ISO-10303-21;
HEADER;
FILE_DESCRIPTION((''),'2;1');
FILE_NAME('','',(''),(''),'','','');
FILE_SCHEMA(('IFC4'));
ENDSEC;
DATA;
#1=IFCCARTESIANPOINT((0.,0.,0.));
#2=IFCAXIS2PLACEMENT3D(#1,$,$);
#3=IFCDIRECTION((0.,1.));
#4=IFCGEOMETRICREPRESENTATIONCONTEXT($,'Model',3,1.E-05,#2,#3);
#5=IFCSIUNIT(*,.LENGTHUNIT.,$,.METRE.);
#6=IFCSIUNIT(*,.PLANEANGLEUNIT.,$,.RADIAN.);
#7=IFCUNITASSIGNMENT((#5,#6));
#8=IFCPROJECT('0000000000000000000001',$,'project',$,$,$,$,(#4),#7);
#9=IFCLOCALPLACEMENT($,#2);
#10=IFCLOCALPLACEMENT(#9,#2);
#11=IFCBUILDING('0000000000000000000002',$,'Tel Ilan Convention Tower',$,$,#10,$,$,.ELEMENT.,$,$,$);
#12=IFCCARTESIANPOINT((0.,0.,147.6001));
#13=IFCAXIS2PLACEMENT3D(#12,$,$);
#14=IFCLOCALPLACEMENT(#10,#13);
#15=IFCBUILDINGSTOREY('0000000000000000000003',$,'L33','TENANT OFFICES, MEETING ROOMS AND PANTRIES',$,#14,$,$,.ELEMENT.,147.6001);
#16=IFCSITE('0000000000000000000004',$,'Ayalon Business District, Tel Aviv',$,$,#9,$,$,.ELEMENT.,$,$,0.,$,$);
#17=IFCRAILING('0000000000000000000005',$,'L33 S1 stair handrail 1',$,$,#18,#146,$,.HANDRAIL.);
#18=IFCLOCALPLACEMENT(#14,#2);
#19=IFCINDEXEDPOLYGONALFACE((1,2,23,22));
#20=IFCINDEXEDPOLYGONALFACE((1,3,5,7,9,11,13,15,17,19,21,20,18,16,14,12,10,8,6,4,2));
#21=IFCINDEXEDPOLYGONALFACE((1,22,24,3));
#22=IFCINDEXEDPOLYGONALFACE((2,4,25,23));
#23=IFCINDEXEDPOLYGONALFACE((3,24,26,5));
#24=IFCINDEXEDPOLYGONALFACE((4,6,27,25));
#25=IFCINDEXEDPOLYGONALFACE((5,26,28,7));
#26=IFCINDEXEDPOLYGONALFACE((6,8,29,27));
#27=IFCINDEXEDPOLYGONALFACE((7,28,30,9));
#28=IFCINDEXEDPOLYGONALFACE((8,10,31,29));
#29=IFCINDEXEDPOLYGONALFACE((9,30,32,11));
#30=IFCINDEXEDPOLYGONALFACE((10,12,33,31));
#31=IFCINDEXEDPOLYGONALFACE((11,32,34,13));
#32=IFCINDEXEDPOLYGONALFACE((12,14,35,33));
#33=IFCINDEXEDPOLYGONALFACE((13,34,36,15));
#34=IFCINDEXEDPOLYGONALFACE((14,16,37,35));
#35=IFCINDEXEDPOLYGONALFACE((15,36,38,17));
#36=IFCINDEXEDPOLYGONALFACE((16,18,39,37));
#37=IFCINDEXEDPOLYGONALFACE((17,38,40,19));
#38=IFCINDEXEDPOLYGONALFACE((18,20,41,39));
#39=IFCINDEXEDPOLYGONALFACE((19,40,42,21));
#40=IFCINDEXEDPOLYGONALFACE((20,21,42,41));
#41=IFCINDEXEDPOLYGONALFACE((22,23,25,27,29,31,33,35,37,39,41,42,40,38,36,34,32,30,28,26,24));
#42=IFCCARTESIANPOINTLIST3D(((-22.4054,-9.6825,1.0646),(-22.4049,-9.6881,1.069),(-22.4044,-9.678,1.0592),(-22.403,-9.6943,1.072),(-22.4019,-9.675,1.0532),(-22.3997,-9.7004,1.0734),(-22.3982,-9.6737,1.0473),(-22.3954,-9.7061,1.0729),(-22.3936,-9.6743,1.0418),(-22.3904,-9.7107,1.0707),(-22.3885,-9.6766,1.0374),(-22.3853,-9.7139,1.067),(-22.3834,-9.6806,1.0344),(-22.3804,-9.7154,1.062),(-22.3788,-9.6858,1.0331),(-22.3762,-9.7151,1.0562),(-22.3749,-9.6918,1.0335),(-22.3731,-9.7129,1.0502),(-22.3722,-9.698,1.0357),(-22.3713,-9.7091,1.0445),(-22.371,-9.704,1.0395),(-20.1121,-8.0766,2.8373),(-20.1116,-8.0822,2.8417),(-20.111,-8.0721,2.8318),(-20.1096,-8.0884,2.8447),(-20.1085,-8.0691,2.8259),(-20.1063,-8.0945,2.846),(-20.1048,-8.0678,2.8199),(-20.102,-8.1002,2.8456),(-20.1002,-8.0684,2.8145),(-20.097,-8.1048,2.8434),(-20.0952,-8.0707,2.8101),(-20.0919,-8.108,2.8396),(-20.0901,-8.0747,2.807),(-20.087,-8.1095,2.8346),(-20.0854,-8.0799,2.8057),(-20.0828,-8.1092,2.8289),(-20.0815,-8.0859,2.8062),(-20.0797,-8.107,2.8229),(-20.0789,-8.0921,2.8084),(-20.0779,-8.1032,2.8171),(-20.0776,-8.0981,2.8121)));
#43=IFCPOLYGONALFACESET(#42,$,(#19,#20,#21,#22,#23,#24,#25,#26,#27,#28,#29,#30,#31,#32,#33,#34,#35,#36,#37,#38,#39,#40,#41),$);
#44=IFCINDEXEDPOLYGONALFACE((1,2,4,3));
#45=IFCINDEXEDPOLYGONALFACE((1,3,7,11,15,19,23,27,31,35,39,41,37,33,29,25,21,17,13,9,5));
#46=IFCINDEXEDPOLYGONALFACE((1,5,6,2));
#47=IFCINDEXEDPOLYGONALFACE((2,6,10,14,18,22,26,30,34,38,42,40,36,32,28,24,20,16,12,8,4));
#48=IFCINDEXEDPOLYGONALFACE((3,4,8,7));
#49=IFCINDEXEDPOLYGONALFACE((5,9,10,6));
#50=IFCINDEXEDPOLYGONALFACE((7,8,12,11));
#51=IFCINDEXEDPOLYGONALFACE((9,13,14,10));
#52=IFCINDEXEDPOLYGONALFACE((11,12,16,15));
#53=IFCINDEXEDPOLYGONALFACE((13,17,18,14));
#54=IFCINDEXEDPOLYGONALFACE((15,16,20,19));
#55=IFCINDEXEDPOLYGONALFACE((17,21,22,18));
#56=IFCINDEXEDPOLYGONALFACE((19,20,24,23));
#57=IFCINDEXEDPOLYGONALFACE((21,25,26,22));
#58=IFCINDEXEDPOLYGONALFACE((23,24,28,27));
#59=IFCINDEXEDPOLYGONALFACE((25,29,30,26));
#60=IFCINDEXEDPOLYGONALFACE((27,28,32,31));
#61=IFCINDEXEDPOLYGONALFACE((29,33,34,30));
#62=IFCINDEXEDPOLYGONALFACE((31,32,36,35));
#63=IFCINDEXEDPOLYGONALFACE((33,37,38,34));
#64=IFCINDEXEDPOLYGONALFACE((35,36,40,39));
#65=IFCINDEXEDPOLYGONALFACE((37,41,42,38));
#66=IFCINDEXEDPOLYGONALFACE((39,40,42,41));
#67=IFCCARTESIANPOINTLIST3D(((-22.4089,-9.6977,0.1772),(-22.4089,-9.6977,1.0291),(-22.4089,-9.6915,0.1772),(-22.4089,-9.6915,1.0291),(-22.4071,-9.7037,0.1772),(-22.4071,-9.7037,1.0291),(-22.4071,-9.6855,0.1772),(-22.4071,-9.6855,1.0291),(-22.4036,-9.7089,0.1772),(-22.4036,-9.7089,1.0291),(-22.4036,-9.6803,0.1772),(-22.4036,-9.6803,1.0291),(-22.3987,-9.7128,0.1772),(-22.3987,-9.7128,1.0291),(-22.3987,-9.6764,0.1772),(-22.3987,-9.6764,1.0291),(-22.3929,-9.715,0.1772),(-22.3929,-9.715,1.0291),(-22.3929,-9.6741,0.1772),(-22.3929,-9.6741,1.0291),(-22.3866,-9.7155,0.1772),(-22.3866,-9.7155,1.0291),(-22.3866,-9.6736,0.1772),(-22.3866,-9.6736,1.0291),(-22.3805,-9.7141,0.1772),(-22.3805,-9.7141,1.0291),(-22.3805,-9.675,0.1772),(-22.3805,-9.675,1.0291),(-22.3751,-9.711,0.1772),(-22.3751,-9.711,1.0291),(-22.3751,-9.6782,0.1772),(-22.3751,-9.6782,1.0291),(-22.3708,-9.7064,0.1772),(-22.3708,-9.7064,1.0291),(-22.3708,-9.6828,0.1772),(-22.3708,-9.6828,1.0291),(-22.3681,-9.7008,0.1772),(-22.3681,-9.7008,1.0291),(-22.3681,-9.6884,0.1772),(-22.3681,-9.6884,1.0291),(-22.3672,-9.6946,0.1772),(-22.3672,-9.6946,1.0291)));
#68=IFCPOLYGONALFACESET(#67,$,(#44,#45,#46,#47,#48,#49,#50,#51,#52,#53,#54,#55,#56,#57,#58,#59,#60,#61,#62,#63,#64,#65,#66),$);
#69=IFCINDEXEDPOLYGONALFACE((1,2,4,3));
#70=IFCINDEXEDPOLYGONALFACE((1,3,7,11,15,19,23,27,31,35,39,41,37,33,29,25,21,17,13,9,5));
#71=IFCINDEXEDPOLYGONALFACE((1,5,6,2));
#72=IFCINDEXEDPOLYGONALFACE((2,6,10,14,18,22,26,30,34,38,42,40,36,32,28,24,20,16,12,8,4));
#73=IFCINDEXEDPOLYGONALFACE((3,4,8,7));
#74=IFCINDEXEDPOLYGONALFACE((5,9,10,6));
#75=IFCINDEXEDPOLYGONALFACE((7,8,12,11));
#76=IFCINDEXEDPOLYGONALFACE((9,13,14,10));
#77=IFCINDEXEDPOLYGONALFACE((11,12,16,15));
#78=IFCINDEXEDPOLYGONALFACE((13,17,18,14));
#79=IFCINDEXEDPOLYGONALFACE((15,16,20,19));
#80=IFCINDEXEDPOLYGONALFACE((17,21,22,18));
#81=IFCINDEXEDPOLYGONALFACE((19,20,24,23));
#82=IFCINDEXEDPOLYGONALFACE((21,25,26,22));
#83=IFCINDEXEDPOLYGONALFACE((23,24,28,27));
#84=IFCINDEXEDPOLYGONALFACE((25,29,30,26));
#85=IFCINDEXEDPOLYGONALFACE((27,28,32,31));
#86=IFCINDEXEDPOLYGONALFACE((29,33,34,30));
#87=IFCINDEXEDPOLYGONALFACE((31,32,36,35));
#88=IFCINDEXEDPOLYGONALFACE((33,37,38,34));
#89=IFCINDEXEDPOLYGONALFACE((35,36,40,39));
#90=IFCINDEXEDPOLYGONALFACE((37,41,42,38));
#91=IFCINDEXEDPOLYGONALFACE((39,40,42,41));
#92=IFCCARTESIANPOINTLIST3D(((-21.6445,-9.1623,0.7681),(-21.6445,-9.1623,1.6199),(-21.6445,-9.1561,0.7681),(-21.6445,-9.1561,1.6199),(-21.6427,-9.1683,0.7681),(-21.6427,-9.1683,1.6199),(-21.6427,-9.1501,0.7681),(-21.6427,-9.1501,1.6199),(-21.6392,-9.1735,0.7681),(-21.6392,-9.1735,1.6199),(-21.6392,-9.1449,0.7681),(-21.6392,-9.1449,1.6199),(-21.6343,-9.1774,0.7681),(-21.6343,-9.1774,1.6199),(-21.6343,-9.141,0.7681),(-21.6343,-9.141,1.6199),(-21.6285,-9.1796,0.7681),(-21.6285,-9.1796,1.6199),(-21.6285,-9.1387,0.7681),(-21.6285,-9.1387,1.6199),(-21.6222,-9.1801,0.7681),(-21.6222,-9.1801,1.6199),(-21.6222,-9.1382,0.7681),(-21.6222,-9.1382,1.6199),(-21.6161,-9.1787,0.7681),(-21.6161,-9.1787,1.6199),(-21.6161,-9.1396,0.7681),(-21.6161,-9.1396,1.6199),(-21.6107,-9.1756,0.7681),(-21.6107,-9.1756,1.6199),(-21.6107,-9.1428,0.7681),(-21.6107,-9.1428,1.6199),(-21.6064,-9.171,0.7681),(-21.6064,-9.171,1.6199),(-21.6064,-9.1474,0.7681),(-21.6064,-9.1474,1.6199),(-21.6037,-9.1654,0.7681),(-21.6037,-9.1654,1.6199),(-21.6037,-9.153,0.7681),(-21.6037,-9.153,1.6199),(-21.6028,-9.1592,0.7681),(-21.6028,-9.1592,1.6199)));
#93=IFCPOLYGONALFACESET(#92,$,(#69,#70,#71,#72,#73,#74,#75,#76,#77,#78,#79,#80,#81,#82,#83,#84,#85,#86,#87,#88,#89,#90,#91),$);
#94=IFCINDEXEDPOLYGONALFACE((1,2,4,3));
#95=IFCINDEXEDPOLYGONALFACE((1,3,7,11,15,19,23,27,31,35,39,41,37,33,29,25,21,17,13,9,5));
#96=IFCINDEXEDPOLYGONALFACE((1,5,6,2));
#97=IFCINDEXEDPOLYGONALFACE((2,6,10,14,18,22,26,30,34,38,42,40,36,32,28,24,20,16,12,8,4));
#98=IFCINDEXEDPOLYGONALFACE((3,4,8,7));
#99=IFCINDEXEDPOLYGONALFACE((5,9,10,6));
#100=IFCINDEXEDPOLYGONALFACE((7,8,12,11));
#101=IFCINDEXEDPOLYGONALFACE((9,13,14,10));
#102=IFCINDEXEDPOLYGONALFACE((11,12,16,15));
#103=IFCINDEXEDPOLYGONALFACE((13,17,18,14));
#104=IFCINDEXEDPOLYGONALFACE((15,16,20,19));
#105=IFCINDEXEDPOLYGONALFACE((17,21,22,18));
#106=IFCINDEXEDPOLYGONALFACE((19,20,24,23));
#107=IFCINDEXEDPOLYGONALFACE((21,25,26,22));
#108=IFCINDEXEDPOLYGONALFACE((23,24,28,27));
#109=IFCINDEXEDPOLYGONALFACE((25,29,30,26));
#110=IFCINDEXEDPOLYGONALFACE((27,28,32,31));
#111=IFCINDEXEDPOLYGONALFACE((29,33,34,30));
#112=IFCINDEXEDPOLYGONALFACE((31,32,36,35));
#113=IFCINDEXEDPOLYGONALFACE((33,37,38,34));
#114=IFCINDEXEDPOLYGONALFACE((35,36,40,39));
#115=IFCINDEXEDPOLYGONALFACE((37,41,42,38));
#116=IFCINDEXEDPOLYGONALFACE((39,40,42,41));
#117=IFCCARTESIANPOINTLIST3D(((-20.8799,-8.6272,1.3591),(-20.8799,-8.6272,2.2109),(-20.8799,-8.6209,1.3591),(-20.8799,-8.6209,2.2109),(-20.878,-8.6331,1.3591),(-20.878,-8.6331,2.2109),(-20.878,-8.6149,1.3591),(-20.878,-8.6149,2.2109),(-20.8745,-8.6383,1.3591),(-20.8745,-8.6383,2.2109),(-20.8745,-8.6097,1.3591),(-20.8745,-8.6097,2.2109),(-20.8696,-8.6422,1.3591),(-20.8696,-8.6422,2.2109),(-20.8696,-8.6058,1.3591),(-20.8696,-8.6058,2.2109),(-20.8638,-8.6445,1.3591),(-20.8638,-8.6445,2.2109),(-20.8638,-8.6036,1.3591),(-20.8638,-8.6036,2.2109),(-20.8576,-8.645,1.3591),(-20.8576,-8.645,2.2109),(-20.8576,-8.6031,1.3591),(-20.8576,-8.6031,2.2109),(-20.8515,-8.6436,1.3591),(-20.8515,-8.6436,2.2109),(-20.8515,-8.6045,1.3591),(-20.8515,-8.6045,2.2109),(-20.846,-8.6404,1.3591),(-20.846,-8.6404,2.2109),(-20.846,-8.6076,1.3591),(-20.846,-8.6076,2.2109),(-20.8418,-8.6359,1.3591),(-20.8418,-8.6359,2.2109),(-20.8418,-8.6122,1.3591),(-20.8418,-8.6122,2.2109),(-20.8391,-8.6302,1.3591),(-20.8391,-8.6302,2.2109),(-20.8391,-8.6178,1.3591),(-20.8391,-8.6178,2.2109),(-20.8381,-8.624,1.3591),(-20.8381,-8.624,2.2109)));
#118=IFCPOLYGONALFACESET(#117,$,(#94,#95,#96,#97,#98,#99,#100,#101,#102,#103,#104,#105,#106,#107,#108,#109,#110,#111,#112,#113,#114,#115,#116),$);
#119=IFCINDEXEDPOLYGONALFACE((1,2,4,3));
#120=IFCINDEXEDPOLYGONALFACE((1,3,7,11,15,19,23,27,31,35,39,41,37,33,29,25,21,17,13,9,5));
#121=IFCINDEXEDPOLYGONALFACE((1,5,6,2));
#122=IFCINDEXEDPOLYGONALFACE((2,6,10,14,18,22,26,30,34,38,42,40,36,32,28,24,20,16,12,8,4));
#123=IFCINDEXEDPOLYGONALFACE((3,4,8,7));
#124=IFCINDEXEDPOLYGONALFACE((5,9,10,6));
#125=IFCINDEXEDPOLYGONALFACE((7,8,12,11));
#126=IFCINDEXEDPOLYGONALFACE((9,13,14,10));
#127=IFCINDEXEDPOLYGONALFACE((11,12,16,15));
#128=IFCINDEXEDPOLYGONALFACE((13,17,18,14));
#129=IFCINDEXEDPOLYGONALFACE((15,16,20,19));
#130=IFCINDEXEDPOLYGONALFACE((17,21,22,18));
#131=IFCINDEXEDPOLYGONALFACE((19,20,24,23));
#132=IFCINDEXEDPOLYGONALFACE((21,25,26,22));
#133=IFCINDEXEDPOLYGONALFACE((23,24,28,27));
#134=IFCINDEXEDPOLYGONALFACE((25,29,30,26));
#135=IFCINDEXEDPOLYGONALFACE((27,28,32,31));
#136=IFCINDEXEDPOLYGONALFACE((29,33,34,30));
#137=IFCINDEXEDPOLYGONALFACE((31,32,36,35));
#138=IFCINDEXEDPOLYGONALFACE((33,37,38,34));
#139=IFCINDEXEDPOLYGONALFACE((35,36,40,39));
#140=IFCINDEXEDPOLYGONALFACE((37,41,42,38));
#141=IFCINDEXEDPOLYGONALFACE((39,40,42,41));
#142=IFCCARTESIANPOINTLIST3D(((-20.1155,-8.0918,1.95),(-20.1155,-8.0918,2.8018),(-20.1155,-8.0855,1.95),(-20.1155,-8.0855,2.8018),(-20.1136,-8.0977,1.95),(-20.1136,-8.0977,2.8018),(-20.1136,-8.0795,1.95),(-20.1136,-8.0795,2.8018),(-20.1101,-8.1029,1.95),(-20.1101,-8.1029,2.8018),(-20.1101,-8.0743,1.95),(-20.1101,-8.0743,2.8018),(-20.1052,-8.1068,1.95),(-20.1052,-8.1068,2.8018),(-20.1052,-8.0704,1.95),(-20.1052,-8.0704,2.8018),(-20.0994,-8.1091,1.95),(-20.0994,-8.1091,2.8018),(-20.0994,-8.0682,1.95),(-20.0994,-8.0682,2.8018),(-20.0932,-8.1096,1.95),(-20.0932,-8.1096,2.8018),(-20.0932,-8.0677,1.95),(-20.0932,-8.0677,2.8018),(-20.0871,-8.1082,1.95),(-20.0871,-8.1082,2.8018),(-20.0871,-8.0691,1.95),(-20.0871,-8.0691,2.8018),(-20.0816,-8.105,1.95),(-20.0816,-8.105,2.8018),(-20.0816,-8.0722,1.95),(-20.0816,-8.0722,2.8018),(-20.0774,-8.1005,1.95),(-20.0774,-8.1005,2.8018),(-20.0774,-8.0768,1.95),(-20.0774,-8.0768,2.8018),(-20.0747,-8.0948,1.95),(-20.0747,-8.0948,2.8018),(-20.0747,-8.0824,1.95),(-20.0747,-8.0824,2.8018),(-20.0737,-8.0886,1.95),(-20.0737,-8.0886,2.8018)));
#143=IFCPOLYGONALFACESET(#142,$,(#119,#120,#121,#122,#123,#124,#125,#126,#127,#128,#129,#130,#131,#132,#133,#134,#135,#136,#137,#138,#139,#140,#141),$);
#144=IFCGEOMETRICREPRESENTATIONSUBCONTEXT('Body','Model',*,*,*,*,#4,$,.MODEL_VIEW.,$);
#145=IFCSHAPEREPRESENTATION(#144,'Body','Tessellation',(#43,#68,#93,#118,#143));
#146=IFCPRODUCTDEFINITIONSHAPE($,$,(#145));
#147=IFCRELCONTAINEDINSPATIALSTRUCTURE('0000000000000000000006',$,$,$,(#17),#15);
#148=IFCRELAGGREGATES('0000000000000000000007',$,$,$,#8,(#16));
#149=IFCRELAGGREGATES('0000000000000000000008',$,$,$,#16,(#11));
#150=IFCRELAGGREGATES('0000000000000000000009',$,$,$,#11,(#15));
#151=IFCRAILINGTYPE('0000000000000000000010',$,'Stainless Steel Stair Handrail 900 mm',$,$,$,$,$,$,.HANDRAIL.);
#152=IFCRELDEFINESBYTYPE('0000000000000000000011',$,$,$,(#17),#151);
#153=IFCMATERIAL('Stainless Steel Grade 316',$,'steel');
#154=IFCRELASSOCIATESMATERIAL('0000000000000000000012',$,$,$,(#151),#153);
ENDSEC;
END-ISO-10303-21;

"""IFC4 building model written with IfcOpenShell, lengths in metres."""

from ifc_helpers import new_model, si_unit, direction, frame, origin, origin_2d, place, context, subcontext, project, spatial, circle, extrude, material, type_object, element, save


model = new_model("IFC4")

# Units and contexts
model_context = context("Model", 3, precision=1e-05, world=origin(), true_north=direction((0.0, 1.0)))
body_context = subcontext(model_context, "Body", "Model", "MODEL_VIEW")
ifc_project = project(units=[si_unit("LENGTHUNIT", "METRE"), si_unit("PLANEANGLEUNIT", "RADIAN")], contexts=[model_context])

# Site, building, storey
site_placement = place(None, origin())
site = spatial("IfcSite", under=ifc_project, at=site_placement, Name="Ayalon Business District, Tel Aviv", CompositionType="ELEMENT", RefElevation=0.0)
building_placement = place(site_placement, origin())
building = spatial("IfcBuilding", under=site, at=building_placement, Name="Tel Ilan Convention Tower", CompositionType="ELEMENT")
storey_placement = place(building_placement, frame((0.0, 0.0, 147.6001)))
storey = spatial("IfcBuildingStorey", under=building, at=storey_placement, Name="L33", Description="TENANT OFFICES, MEETING ROOMS AND PANTRIES", CompositionType="ELEMENT", Elevation=147.6001)

# Railing
ifc_material_1 = material(Name="Stainless Steel Grade 316", Category="steel")
railing_type_1 = type_object("IfcRailingType", Name="Stainless Steel Stair Handrail 900 mm", PredefinedType="HANDRAIL", material=ifc_material_1)
railing_1_placement = place(storey_placement, frame((-22.3882, -9.6946, 0.1772)))
element("IfcRailing", 1, at=railing_1_placement, inside=storey, type_object=railing_type_1, Name="L33 S1 stair handrail 1", PredefinedType="HANDRAIL", context=body_context, shape_type="SweptSolid", body=[
    extrude(circle(Radius=0.0239, at=origin_2d()), frame((0.0, 0.0, 0.876), z_axis=(0.692085, 0.484621, 0.53494), x_axis=(-0.573591, 0.819142, 0.0)), (0.0, 0.0, 1.0), 3.3137),
    extrude(circle(Radius=0.021, at=origin_2d()), origin(), (0.0, 0.0, 1.0), 0.8518),
    extrude(circle(Radius=0.021, at=origin_2d()), frame((0.7644, 0.5354, 0.5908)), (0.0, 0.0, 1.0), 0.8518),
    extrude(circle(Radius=0.021, at=origin_2d()), frame((1.5291, 1.0706, 1.1819)), (0.0, 0.0, 1.0), 0.8518),
    extrude(circle(Radius=0.021, at=origin_2d()), frame((2.2935, 1.606, 1.7727)), (0.0, 0.0, 1.0), 0.8518),
])

save(model, "model.ifc")
